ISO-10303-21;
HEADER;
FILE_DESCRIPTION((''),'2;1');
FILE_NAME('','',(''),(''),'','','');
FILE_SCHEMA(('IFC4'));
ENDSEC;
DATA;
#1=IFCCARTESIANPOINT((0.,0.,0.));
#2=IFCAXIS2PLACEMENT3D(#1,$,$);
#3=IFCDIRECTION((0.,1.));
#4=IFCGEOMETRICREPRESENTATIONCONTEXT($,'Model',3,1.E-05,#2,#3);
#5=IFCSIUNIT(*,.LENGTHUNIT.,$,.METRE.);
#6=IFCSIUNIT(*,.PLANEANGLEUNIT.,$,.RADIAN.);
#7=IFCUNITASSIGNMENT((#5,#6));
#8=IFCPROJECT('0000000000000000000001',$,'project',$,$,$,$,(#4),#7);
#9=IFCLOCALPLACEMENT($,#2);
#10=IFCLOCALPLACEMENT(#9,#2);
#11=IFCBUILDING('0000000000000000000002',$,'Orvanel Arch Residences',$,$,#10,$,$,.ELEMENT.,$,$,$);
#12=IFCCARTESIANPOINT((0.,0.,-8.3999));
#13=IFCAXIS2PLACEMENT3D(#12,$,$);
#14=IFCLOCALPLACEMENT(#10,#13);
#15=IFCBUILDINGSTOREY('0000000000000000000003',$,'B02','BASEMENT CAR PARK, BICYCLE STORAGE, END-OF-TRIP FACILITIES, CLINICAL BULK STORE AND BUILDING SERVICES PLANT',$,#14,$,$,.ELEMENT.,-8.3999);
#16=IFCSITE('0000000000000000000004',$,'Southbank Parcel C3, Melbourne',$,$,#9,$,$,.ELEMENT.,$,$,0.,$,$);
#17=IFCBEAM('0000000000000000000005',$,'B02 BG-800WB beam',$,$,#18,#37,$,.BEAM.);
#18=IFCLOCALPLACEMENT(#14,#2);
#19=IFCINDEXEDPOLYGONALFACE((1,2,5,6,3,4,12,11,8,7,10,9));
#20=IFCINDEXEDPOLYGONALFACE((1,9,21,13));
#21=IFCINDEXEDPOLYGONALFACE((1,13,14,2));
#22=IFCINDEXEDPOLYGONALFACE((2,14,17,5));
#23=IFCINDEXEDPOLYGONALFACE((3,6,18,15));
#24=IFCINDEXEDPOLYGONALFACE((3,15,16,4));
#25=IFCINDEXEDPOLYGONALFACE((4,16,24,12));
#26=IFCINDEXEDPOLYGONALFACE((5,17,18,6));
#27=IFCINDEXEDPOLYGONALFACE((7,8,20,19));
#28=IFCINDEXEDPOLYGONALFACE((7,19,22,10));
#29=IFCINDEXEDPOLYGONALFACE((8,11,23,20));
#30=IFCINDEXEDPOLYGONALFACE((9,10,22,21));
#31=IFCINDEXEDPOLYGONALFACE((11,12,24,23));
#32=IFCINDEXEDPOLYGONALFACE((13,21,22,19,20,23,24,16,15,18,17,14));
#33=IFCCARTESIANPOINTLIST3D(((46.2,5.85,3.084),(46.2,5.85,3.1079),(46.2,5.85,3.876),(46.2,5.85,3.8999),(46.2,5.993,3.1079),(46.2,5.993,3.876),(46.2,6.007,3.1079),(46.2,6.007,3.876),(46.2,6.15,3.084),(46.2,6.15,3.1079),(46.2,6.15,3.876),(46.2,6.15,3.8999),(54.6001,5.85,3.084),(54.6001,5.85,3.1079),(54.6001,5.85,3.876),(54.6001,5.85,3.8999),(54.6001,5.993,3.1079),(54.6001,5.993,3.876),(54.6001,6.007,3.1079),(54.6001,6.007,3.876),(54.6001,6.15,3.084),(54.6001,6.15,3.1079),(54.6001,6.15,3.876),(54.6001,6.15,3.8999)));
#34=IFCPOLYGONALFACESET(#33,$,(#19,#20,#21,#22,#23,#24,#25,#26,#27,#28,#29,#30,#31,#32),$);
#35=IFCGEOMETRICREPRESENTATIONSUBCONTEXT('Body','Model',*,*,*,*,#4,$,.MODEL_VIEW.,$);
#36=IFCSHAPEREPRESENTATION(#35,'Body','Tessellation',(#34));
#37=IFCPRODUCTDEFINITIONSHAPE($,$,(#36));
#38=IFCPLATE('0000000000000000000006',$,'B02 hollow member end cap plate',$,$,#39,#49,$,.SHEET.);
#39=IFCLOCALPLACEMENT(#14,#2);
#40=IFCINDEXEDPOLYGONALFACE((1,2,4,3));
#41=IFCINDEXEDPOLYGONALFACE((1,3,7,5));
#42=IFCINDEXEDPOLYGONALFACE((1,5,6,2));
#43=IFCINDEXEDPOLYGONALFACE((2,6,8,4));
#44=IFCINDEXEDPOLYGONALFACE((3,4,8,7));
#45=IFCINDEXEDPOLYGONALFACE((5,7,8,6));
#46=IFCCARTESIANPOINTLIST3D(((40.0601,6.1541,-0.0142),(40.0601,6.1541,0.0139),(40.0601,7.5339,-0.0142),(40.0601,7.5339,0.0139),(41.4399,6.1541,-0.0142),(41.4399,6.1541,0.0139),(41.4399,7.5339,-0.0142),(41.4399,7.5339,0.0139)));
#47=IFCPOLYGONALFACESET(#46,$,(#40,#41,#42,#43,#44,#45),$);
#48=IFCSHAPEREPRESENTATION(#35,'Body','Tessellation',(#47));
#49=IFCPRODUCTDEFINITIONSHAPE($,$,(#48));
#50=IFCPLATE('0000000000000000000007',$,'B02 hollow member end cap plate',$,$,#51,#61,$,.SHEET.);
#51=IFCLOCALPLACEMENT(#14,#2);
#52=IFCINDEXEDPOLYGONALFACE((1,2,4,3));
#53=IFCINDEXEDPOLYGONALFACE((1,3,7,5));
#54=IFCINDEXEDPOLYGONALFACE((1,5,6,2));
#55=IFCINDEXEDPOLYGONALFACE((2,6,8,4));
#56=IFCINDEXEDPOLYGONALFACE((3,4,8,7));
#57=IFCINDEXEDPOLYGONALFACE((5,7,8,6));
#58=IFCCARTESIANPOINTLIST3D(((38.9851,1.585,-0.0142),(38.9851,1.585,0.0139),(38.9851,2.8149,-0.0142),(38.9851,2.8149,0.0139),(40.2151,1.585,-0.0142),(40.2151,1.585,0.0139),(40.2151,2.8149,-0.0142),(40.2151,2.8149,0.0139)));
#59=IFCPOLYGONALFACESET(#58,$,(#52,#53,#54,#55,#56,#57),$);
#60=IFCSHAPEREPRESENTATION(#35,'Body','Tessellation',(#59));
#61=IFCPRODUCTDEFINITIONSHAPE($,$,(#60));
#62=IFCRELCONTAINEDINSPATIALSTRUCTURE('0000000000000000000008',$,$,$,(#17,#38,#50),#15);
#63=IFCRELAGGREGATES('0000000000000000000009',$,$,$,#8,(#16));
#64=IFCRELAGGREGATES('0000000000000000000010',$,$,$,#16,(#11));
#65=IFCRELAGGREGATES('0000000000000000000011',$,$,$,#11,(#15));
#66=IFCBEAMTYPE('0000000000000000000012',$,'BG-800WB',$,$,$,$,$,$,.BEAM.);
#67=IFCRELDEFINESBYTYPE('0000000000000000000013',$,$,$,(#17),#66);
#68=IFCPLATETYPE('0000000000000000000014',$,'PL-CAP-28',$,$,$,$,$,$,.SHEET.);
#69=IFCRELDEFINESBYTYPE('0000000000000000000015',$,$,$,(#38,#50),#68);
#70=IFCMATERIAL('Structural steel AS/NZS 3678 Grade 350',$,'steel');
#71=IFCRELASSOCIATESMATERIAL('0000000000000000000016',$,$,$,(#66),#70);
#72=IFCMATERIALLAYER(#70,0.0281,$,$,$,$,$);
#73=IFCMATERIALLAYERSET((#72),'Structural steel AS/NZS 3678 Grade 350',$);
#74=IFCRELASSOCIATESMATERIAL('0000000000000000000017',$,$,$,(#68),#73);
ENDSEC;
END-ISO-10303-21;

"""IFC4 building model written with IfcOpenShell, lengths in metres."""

from ifc_helpers import new_model, si_unit, direction, frame, origin, origin_2d, place, context, subcontext, project, spatial, rectangle, i_section, extrude, material, layer, layer_set, material_profile, profile_set, type_object, element, save


model = new_model("IFC4")

# Units and contexts
model_context = context("Model", 3, precision=1e-05, world=origin(), true_north=direction((0.0, 1.0)))
body_context = subcontext(model_context, "Body", "Model", "MODEL_VIEW")
ifc_project = project(units=[si_unit("LENGTHUNIT", "METRE"), si_unit("PLANEANGLEUNIT", "RADIAN")], contexts=[model_context])

# Site, building, storey
site_placement = place(None, origin())
site = spatial("IfcSite", under=ifc_project, at=site_placement, Name="Southbank Parcel C3, Melbourne", CompositionType="ELEMENT", RefElevation=0.0)
building_placement = place(site_placement, origin())
building = spatial("IfcBuilding", under=site, at=building_placement, Name="Orvanel Arch Residences", CompositionType="ELEMENT")
storey_placement = place(building_placement, frame((0.0, 0.0, -8.3999)))
storey = spatial("IfcBuildingStorey", under=building, at=storey_placement, Name="B02", Description="BASEMENT CAR PARK, BICYCLE STORAGE, END-OF-TRIP FACILITIES, CLINICAL BULK STORE AND BUILDING SERVICES PLANT", CompositionType="ELEMENT", Elevation=-8.3999)

# Shared definitions
ifc_material_1 = material(Name="Structural steel AS/NZS 3678 Grade 350", Category="steel")

# Beam
ifc_material_profile_1 = material_profile(ifc_material_1, i_section(OverallWidth=0.3, OverallDepth=0.8159, WebThickness=0.0139, FlangeThickness=0.0239, at=origin_2d()), Name="800WB192")
ifc_profile_set_1 = profile_set([ifc_material_profile_1], Name="Structural steel AS/NZS 3678 Grade 350")
beam_type = type_object("IfcBeamType", Name="BG-800WB", PredefinedType="BEAM", material=ifc_profile_set_1)
beam_placement = place(storey_placement, frame((46.2, 6.0, 3.4919), z_axis=(1.0, 0.0, 0.0), x_axis=(0.0, 1.0, 0.0)))
element("IfcBeam", 1, at=beam_placement, inside=storey, type_object=beam_type, Name="B02 BG-800WB beam", PredefinedType="BEAM", context=body_context, shape_type="SweptSolid", body=[
    extrude(i_section(OverallWidth=0.3, OverallDepth=0.8159, WebThickness=0.0139, FlangeThickness=0.0239, at=origin_2d()), origin(), (0.0, 0.0, 1.0), 8.4001),
])

# Plates
ifc_layer = layer(ifc_material_1, 0.0281)
ifc_layer_set = layer_set([ifc_layer], Name="Structural steel AS/NZS 3678 Grade 350")
plate_type = type_object("IfcPlateType", Name="PL-CAP-28", PredefinedType="SHEET", material=ifc_layer_set)
plate_1_placement = place(storey_placement, frame((40.75, 6.844, -0.0142), z_axis=(0.0, 0.0, 1.0), x_axis=(1.0, 0.0, 0.0)))
element("IfcPlate", 2, at=plate_1_placement, inside=storey, type_object=plate_type, Name="B02 hollow member end cap plate", PredefinedType="SHEET", context=body_context, shape_type="SweptSolid", body=[
    extrude(rectangle(XDim=1.3799, YDim=1.3799, at=origin_2d()), origin(), (0.0, 0.0, 1.0), 0.0281),
])
plate_2_placement = place(storey_placement, frame((39.6001, 2.2, -0.0142), z_axis=(0.0, 0.0, 1.0), x_axis=(1.0, 0.0, 0.0)))
element("IfcPlate", 3, at=plate_2_placement, inside=storey, type_object=plate_type, Name="B02 hollow member end cap plate", PredefinedType="SHEET", context=body_context, shape_type="SweptSolid", body=[
    extrude(rectangle(XDim=1.23, YDim=1.23, at=origin_2d()), origin(), (0.0, 0.0, 1.0), 0.0281),
])

save(model, "model.ifc")
